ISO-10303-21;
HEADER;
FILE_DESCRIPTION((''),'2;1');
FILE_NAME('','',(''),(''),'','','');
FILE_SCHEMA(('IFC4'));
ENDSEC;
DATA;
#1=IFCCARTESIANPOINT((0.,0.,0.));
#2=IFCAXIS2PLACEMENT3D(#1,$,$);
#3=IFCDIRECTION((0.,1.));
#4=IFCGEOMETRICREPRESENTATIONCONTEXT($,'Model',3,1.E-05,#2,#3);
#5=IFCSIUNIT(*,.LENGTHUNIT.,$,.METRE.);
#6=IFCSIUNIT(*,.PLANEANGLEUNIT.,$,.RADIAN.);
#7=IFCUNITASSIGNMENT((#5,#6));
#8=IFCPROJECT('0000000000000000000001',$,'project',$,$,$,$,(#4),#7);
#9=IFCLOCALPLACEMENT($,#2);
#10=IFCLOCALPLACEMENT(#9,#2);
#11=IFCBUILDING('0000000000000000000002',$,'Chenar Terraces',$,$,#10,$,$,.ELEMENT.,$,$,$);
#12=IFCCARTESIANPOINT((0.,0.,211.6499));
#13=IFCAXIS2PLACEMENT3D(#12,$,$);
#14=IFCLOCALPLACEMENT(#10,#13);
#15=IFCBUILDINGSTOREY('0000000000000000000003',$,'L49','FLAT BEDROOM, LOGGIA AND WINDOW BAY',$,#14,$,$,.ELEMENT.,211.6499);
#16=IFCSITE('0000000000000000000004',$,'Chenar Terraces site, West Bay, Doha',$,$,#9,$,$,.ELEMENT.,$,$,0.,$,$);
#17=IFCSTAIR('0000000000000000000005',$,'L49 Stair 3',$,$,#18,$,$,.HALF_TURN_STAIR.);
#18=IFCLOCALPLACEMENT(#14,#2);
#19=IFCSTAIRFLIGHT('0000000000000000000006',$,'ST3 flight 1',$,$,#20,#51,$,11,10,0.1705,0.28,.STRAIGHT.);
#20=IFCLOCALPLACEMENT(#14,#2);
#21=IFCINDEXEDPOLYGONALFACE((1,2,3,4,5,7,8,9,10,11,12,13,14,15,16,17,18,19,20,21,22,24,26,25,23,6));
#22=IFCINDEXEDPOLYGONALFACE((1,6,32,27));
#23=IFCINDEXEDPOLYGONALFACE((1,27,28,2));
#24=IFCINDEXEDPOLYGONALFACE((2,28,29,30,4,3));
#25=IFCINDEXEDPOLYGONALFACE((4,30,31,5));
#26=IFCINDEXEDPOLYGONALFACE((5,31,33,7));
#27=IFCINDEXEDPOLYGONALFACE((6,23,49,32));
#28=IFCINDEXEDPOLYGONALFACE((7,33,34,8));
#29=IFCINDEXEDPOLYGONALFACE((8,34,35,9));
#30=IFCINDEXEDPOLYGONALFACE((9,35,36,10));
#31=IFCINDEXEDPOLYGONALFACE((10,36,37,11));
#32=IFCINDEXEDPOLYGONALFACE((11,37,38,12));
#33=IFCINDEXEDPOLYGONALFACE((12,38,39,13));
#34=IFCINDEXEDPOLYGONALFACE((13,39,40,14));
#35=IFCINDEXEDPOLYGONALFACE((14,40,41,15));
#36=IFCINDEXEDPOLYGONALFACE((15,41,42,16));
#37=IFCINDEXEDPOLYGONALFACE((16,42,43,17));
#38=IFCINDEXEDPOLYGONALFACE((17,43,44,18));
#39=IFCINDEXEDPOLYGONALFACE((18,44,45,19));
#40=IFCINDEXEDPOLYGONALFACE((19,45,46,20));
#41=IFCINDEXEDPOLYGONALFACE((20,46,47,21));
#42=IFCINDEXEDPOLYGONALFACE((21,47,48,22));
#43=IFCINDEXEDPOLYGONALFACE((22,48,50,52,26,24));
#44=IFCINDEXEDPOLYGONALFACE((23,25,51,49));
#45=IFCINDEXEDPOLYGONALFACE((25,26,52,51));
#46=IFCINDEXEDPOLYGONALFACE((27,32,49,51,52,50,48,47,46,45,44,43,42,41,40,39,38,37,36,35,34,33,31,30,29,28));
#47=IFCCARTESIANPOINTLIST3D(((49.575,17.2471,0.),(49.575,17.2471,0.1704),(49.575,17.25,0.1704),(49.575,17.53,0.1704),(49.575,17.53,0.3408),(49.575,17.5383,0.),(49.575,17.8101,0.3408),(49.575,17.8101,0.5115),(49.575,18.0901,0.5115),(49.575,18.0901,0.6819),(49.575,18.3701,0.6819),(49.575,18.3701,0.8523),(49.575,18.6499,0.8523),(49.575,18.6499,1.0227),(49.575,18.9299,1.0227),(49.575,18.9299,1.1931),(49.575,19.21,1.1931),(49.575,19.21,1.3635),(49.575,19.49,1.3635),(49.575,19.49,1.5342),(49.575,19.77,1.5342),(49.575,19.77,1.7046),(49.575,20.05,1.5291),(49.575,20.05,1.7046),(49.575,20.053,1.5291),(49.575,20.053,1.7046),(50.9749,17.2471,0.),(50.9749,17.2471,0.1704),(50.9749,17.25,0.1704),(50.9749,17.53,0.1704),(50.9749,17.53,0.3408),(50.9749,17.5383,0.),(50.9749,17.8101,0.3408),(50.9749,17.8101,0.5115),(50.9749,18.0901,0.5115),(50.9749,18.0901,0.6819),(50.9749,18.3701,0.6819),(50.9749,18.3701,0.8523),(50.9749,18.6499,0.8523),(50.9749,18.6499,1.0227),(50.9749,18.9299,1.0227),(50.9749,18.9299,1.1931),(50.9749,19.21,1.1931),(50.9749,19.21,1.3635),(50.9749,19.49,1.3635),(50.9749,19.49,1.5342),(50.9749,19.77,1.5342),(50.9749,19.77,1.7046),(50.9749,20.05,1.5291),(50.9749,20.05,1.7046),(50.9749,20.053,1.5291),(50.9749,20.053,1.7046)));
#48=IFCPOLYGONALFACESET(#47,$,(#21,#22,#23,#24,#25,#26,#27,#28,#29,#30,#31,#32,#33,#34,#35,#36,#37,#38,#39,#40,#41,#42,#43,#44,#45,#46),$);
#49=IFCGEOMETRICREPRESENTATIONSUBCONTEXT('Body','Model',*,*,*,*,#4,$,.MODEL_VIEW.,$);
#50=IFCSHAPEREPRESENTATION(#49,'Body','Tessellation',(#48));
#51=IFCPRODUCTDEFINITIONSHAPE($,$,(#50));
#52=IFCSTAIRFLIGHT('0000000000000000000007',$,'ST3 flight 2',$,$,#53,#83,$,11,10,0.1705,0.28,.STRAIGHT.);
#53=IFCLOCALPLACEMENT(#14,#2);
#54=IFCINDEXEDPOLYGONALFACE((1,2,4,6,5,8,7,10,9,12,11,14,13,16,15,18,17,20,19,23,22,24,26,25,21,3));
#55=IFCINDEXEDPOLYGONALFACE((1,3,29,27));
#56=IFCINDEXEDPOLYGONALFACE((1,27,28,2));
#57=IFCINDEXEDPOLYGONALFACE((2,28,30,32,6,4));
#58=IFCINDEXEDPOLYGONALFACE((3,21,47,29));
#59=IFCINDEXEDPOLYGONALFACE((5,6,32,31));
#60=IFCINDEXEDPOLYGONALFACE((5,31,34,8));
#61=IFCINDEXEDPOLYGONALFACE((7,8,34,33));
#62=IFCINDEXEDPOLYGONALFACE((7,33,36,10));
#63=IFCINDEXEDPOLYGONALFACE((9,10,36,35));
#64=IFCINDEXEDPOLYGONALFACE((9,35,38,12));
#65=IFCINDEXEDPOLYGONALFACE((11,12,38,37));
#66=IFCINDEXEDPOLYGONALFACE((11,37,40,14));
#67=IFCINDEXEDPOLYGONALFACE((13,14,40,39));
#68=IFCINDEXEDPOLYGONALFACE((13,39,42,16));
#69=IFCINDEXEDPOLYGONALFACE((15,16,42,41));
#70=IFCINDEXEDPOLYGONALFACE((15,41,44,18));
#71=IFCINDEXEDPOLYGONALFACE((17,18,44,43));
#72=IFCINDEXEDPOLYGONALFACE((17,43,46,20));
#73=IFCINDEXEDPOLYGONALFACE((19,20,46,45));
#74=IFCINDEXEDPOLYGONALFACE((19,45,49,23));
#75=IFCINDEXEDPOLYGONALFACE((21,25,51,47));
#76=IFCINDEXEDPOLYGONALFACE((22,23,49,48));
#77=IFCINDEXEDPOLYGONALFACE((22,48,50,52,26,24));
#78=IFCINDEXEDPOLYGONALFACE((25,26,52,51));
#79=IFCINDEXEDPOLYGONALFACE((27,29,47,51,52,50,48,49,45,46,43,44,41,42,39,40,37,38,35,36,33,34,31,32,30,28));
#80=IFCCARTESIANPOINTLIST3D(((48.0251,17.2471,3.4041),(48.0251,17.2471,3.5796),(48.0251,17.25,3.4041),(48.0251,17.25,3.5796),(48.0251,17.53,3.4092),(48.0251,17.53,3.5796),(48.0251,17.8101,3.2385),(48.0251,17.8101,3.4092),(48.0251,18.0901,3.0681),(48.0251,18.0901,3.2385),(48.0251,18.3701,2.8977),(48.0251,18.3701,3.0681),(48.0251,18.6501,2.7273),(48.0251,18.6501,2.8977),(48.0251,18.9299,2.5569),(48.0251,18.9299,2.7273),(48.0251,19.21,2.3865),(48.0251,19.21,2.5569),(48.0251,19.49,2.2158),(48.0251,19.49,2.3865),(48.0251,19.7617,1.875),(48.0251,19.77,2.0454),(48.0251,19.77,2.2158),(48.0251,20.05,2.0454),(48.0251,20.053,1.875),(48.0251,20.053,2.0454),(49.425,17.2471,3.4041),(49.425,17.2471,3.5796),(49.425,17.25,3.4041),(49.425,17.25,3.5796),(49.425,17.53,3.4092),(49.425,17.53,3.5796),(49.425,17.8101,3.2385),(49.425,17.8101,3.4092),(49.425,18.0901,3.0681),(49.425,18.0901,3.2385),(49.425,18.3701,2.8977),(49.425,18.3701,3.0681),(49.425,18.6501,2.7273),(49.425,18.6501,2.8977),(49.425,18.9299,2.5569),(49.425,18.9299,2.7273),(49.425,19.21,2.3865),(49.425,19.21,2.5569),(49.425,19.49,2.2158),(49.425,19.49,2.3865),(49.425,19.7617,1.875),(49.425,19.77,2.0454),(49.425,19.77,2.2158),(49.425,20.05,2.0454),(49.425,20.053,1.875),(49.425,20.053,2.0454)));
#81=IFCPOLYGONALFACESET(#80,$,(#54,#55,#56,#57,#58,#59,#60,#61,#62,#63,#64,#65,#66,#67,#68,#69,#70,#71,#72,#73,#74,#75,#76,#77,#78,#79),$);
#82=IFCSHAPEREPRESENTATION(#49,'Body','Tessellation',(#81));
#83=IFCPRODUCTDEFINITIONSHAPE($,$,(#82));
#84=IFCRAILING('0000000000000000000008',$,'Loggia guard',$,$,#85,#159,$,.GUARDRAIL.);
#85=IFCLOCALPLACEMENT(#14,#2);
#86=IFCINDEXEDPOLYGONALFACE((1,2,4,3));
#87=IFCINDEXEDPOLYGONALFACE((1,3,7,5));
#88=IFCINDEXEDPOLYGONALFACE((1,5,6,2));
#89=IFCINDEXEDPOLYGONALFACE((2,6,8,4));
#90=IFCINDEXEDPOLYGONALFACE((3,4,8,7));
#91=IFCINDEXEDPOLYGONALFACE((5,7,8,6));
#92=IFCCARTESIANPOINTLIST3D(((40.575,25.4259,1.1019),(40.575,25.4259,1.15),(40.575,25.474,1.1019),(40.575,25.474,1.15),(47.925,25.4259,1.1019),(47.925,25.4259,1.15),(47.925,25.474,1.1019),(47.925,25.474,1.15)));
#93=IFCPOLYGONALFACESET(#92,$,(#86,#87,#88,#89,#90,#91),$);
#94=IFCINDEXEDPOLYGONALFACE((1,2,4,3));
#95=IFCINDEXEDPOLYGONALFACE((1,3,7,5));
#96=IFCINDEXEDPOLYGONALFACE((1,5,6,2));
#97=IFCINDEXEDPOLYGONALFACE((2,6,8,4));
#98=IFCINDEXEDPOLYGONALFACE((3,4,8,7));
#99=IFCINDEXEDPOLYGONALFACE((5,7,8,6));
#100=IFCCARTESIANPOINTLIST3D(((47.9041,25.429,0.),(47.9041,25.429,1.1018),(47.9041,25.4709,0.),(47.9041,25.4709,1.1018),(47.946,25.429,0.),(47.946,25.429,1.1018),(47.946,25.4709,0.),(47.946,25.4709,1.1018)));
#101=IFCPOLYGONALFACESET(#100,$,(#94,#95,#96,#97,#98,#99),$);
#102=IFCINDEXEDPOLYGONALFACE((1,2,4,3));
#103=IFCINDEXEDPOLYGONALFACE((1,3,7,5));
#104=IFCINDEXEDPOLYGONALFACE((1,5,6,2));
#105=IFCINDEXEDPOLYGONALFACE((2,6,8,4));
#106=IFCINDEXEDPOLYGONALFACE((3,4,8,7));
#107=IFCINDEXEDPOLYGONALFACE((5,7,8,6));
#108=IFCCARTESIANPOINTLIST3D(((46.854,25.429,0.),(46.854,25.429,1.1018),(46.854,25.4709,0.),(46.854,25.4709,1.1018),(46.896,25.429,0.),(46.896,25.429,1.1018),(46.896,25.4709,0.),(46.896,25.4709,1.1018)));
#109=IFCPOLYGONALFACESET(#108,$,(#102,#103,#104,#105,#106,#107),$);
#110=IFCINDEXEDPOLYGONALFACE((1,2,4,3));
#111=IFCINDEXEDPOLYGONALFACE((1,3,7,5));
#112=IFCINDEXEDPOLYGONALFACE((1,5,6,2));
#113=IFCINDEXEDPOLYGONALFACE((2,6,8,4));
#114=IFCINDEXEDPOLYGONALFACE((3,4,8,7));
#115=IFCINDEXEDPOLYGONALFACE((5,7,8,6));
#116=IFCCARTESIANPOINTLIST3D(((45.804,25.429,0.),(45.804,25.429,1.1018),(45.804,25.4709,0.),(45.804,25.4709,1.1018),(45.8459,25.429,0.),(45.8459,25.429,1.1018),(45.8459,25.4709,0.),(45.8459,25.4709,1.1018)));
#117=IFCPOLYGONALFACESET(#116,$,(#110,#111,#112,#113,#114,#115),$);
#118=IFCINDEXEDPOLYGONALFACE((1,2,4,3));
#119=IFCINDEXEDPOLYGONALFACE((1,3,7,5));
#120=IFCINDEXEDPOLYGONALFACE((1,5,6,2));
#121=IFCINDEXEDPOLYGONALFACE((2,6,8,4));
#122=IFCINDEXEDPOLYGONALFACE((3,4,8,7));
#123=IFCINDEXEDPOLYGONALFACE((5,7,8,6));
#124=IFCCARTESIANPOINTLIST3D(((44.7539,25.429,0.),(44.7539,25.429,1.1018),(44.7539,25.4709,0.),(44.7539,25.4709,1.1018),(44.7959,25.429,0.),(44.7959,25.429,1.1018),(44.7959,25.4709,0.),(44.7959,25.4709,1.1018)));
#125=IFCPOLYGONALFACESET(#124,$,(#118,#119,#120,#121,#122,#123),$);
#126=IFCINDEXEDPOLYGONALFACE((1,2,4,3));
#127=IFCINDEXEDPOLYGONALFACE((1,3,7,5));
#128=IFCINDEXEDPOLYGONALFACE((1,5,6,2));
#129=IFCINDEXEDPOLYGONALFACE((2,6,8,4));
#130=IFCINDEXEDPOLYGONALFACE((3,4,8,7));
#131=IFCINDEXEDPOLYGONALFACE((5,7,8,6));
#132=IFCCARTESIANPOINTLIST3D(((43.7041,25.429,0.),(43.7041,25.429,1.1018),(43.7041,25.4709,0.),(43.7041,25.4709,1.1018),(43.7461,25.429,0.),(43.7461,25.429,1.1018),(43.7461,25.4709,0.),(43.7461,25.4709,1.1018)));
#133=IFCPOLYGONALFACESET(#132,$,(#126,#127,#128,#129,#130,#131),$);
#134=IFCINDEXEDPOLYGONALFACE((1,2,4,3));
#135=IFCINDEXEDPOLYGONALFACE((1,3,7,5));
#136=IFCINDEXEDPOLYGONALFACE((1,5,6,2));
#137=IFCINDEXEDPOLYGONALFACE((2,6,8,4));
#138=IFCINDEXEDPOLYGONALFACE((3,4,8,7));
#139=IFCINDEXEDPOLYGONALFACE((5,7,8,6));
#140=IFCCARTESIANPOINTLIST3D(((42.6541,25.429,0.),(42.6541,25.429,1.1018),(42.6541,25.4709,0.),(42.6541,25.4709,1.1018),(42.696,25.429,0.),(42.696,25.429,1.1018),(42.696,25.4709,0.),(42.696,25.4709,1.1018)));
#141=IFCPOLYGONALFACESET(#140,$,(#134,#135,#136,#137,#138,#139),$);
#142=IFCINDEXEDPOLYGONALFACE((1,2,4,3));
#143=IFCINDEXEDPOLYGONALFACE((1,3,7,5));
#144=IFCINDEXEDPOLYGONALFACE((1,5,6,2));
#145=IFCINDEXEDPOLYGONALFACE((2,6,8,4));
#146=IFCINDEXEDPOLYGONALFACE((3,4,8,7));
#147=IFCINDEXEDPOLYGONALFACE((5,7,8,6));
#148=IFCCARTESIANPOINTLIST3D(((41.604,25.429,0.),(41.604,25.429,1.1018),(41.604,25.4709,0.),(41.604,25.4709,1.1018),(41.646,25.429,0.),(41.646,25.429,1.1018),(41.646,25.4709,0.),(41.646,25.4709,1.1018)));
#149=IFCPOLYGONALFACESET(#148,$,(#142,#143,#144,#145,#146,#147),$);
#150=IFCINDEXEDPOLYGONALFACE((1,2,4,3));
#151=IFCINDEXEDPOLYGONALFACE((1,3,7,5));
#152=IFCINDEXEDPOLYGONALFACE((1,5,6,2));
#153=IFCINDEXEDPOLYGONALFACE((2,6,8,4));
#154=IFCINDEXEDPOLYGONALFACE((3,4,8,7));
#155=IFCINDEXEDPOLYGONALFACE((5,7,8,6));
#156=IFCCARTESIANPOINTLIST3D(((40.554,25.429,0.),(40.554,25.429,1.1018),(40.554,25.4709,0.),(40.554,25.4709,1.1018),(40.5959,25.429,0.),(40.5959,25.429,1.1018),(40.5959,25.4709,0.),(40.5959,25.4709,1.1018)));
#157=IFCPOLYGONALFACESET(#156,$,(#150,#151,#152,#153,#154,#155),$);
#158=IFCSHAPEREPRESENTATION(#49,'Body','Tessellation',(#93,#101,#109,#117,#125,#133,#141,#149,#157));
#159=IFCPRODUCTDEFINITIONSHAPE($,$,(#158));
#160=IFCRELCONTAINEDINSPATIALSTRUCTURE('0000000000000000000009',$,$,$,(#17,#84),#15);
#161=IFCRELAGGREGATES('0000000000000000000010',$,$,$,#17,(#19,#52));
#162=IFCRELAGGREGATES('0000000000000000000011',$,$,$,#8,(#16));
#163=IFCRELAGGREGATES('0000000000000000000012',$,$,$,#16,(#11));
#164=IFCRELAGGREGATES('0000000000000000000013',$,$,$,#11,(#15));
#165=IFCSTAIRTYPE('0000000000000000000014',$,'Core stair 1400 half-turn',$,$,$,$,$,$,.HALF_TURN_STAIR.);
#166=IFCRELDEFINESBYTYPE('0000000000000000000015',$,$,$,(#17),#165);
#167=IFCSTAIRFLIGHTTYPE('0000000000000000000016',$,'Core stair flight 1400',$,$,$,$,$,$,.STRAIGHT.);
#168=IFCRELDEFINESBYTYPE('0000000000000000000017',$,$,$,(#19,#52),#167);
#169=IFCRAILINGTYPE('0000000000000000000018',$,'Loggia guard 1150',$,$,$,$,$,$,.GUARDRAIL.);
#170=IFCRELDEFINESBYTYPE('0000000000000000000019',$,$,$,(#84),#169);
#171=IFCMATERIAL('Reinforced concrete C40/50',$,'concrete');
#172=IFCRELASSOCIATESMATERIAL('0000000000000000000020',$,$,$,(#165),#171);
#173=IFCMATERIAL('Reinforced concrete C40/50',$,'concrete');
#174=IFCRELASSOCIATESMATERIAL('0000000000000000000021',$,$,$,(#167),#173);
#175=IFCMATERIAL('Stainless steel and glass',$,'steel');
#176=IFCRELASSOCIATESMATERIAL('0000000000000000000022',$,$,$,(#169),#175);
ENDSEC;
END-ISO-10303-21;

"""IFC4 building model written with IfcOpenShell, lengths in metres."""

from ifc_helpers import new_model, si_unit, direction, frame, origin, origin_2d, place, context, subcontext, project, spatial, polyline, rectangle, outline, extrude, material, type_object, element, aggregate, save


model = new_model("IFC4")

# Units and contexts
model_context = context("Model", 3, precision=1e-05, world=origin(), true_north=direction((0.0, 1.0)))
body_context = subcontext(model_context, "Body", "Model", "MODEL_VIEW")
ifc_project = project(units=[si_unit("LENGTHUNIT", "METRE"), si_unit("PLANEANGLEUNIT", "RADIAN")], contexts=[model_context])

# Site, building, storey
site_placement = place(None, origin())
site = spatial("IfcSite", under=ifc_project, at=site_placement, Name="Chenar Terraces site, West Bay, Doha", CompositionType="ELEMENT", RefElevation=0.0)
building_placement = place(site_placement, origin())
building = spatial("IfcBuilding", under=site, at=building_placement, Name="Chenar Terraces", CompositionType="ELEMENT")
storey_placement = place(building_placement, frame((0.0, 0.0, 211.6499)))
storey = spatial("IfcBuildingStorey", under=building, at=storey_placement, Name="L49", Description="FLAT BEDROOM, LOGGIA AND WINDOW BAY", CompositionType="ELEMENT", Elevation=211.6499)

# Stair, stair flights
ifc_material_1 = material(Name="Reinforced concrete C40/50", Category="concrete")
stair_type = type_object("IfcStairType", Name="Core stair 1400 half-turn", PredefinedType="HALF_TURN_STAIR", material=ifc_material_1)
stair_placement = place(storey_placement, origin())
stair = element("IfcStair", 1, at=stair_placement, inside=storey, type_object=stair_type, Name="L49 Stair 3", PredefinedType="HALF_TURN_STAIR")
ifc_material_2 = material(Name="Reinforced concrete C40/50", Category="concrete")
stair_flight_type = type_object("IfcStairFlightType", Name="Core stair flight 1400", PredefinedType="STRAIGHT", material=ifc_material_2)
stair_flight_1_placement = place(storey_placement, frame((50.2749, 17.25, 0.0), z_axis=(0.0, 0.0, 1.0), x_axis=(0.0, 1.0, 0.0)))
stair_flight_1 = element("IfcStairFlight", 2, at=stair_flight_1_placement, type_object=stair_flight_type, Name="ST3 flight 1", NumberOfRisers=11, NumberOfTreads=10, PredefinedType="STRAIGHT", RiserHeight=0.1705, TreadLength=0.28, context=body_context, shape_type="SweptSolid", body=[
    extrude(outline(polyline([(-0.0029, 0.0), (-0.0029, 0.1704), (0.0, 0.1704), (0.28, 0.1704), (0.28, 0.3408), (0.5601, 0.3408), (0.5601, 0.5115), (0.8401, 0.5115), (0.8401, 0.6819), (1.1201, 0.6819), (1.1201, 0.8523), (1.3999, 0.8523), (1.3999, 1.0227), (1.6799, 1.0227), (1.6799, 1.1931), (1.96, 1.1931), (1.96, 1.3635), (2.24, 1.3635), (2.24, 1.5342), (2.52, 1.5342), (2.52, 1.7046), (2.8, 1.7046), (2.803, 1.7046), (2.803, 1.5291), (2.8, 1.5291), (0.2883, 0.0), (-0.0029, 0.0)])), frame((0.0, 0.7, 0.0), z_axis=(0.0, -1.0, 0.0), x_axis=(1.0, 0.0, 0.0)), (0.0, 0.0, 1.0), 1.3999),
])
stair_flight_2_placement = place(storey_placement, frame((48.7251, 20.05, 1.875), z_axis=(0.0, 0.0, 1.0), x_axis=(0.0, -1.0, 0.0)))
stair_flight_2 = element("IfcStairFlight", 3, at=stair_flight_2_placement, type_object=stair_flight_type, Name="ST3 flight 2", NumberOfRisers=11, NumberOfTreads=10, PredefinedType="STRAIGHT", RiserHeight=0.1705, TreadLength=0.28, context=body_context, shape_type="SweptSolid", body=[
    extrude(outline(polyline([(-0.0029, 0.0), (-0.0029, 0.1704), (0.0, 0.1704), (0.28, 0.1704), (0.28, 0.3408), (0.5601, 0.3408), (0.5601, 0.5115), (0.8401, 0.5115), (0.8401, 0.6819), (1.1201, 0.6819), (1.1201, 0.8523), (1.3999, 0.8523), (1.3999, 1.0227), (1.6799, 1.0227), (1.6799, 1.1931), (1.96, 1.1931), (1.96, 1.3635), (2.24, 1.3635), (2.24, 1.5342), (2.52, 1.5342), (2.52, 1.7046), (2.8, 1.7046), (2.803, 1.7046), (2.803, 1.5291), (2.8, 1.5291), (0.2883, 0.0), (-0.0029, 0.0)])), frame((0.0, 0.7, 0.0), z_axis=(0.0, -1.0, 0.0), x_axis=(1.0, 0.0, 0.0)), (0.0, 0.0, 1.0), 1.3999),
])
aggregate(stair, [stair_flight_1, stair_flight_2])

# Railing
ifc_material_3 = material(Name="Stainless steel and glass", Category="steel")
railing_type_1 = type_object("IfcRailingType", Name="Loggia guard 1150", PredefinedType="GUARDRAIL", material=ifc_material_3)
railing_1_placement = place(storey_placement, frame((47.925, 25.45, 0.0)))
element("IfcRailing", 4, at=railing_1_placement, inside=storey, type_object=railing_type_1, Name="Loggia guard", PredefinedType="GUARDRAIL", context=body_context, shape_type="SweptSolid", body=[
    extrude(rectangle(XDim=0.0481, YDim=0.0481, at=origin_2d()), frame((0.0, 0.0, 1.126), z_axis=(-1.0, 0.0, 0.0), x_axis=(0.0, -1.0, 0.0)), (0.0, 0.0, 1.0), 7.3501),
    extrude(rectangle(XDim=0.042, YDim=0.042, at=origin_2d()), origin(), (0.0, 0.0, 1.0), 1.1018),
    extrude(rectangle(XDim=0.042, YDim=0.042, at=origin_2d()), frame((-1.05, 0.0, 0.0)), (0.0, 0.0, 1.0), 1.1018),
    extrude(rectangle(XDim=0.042, YDim=0.042, at=origin_2d()), frame((-2.1001, 0.0, 0.0)), (0.0, 0.0, 1.0), 1.1018),
    extrude(rectangle(XDim=0.042, YDim=0.042, at=origin_2d()), frame((-3.1501, 0.0, 0.0)), (0.0, 0.0, 1.0), 1.1018),
    extrude(rectangle(XDim=0.042, YDim=0.042, at=origin_2d()), frame((-4.2, 0.0, 0.0)), (0.0, 0.0, 1.0), 1.1018),
    extrude(rectangle(XDim=0.042, YDim=0.042, at=origin_2d()), frame((-5.25, 0.0, 0.0)), (0.0, 0.0, 1.0), 1.1018),
    extrude(rectangle(XDim=0.042, YDim=0.042, at=origin_2d()), frame((-6.3, 0.0, 0.0)), (0.0, 0.0, 1.0), 1.1018),
    extrude(rectangle(XDim=0.042, YDim=0.042, at=origin_2d()), frame((-7.3501, 0.0, 0.0)), (0.0, 0.0, 1.0), 1.1018),
])

save(model, "model.ifc")
